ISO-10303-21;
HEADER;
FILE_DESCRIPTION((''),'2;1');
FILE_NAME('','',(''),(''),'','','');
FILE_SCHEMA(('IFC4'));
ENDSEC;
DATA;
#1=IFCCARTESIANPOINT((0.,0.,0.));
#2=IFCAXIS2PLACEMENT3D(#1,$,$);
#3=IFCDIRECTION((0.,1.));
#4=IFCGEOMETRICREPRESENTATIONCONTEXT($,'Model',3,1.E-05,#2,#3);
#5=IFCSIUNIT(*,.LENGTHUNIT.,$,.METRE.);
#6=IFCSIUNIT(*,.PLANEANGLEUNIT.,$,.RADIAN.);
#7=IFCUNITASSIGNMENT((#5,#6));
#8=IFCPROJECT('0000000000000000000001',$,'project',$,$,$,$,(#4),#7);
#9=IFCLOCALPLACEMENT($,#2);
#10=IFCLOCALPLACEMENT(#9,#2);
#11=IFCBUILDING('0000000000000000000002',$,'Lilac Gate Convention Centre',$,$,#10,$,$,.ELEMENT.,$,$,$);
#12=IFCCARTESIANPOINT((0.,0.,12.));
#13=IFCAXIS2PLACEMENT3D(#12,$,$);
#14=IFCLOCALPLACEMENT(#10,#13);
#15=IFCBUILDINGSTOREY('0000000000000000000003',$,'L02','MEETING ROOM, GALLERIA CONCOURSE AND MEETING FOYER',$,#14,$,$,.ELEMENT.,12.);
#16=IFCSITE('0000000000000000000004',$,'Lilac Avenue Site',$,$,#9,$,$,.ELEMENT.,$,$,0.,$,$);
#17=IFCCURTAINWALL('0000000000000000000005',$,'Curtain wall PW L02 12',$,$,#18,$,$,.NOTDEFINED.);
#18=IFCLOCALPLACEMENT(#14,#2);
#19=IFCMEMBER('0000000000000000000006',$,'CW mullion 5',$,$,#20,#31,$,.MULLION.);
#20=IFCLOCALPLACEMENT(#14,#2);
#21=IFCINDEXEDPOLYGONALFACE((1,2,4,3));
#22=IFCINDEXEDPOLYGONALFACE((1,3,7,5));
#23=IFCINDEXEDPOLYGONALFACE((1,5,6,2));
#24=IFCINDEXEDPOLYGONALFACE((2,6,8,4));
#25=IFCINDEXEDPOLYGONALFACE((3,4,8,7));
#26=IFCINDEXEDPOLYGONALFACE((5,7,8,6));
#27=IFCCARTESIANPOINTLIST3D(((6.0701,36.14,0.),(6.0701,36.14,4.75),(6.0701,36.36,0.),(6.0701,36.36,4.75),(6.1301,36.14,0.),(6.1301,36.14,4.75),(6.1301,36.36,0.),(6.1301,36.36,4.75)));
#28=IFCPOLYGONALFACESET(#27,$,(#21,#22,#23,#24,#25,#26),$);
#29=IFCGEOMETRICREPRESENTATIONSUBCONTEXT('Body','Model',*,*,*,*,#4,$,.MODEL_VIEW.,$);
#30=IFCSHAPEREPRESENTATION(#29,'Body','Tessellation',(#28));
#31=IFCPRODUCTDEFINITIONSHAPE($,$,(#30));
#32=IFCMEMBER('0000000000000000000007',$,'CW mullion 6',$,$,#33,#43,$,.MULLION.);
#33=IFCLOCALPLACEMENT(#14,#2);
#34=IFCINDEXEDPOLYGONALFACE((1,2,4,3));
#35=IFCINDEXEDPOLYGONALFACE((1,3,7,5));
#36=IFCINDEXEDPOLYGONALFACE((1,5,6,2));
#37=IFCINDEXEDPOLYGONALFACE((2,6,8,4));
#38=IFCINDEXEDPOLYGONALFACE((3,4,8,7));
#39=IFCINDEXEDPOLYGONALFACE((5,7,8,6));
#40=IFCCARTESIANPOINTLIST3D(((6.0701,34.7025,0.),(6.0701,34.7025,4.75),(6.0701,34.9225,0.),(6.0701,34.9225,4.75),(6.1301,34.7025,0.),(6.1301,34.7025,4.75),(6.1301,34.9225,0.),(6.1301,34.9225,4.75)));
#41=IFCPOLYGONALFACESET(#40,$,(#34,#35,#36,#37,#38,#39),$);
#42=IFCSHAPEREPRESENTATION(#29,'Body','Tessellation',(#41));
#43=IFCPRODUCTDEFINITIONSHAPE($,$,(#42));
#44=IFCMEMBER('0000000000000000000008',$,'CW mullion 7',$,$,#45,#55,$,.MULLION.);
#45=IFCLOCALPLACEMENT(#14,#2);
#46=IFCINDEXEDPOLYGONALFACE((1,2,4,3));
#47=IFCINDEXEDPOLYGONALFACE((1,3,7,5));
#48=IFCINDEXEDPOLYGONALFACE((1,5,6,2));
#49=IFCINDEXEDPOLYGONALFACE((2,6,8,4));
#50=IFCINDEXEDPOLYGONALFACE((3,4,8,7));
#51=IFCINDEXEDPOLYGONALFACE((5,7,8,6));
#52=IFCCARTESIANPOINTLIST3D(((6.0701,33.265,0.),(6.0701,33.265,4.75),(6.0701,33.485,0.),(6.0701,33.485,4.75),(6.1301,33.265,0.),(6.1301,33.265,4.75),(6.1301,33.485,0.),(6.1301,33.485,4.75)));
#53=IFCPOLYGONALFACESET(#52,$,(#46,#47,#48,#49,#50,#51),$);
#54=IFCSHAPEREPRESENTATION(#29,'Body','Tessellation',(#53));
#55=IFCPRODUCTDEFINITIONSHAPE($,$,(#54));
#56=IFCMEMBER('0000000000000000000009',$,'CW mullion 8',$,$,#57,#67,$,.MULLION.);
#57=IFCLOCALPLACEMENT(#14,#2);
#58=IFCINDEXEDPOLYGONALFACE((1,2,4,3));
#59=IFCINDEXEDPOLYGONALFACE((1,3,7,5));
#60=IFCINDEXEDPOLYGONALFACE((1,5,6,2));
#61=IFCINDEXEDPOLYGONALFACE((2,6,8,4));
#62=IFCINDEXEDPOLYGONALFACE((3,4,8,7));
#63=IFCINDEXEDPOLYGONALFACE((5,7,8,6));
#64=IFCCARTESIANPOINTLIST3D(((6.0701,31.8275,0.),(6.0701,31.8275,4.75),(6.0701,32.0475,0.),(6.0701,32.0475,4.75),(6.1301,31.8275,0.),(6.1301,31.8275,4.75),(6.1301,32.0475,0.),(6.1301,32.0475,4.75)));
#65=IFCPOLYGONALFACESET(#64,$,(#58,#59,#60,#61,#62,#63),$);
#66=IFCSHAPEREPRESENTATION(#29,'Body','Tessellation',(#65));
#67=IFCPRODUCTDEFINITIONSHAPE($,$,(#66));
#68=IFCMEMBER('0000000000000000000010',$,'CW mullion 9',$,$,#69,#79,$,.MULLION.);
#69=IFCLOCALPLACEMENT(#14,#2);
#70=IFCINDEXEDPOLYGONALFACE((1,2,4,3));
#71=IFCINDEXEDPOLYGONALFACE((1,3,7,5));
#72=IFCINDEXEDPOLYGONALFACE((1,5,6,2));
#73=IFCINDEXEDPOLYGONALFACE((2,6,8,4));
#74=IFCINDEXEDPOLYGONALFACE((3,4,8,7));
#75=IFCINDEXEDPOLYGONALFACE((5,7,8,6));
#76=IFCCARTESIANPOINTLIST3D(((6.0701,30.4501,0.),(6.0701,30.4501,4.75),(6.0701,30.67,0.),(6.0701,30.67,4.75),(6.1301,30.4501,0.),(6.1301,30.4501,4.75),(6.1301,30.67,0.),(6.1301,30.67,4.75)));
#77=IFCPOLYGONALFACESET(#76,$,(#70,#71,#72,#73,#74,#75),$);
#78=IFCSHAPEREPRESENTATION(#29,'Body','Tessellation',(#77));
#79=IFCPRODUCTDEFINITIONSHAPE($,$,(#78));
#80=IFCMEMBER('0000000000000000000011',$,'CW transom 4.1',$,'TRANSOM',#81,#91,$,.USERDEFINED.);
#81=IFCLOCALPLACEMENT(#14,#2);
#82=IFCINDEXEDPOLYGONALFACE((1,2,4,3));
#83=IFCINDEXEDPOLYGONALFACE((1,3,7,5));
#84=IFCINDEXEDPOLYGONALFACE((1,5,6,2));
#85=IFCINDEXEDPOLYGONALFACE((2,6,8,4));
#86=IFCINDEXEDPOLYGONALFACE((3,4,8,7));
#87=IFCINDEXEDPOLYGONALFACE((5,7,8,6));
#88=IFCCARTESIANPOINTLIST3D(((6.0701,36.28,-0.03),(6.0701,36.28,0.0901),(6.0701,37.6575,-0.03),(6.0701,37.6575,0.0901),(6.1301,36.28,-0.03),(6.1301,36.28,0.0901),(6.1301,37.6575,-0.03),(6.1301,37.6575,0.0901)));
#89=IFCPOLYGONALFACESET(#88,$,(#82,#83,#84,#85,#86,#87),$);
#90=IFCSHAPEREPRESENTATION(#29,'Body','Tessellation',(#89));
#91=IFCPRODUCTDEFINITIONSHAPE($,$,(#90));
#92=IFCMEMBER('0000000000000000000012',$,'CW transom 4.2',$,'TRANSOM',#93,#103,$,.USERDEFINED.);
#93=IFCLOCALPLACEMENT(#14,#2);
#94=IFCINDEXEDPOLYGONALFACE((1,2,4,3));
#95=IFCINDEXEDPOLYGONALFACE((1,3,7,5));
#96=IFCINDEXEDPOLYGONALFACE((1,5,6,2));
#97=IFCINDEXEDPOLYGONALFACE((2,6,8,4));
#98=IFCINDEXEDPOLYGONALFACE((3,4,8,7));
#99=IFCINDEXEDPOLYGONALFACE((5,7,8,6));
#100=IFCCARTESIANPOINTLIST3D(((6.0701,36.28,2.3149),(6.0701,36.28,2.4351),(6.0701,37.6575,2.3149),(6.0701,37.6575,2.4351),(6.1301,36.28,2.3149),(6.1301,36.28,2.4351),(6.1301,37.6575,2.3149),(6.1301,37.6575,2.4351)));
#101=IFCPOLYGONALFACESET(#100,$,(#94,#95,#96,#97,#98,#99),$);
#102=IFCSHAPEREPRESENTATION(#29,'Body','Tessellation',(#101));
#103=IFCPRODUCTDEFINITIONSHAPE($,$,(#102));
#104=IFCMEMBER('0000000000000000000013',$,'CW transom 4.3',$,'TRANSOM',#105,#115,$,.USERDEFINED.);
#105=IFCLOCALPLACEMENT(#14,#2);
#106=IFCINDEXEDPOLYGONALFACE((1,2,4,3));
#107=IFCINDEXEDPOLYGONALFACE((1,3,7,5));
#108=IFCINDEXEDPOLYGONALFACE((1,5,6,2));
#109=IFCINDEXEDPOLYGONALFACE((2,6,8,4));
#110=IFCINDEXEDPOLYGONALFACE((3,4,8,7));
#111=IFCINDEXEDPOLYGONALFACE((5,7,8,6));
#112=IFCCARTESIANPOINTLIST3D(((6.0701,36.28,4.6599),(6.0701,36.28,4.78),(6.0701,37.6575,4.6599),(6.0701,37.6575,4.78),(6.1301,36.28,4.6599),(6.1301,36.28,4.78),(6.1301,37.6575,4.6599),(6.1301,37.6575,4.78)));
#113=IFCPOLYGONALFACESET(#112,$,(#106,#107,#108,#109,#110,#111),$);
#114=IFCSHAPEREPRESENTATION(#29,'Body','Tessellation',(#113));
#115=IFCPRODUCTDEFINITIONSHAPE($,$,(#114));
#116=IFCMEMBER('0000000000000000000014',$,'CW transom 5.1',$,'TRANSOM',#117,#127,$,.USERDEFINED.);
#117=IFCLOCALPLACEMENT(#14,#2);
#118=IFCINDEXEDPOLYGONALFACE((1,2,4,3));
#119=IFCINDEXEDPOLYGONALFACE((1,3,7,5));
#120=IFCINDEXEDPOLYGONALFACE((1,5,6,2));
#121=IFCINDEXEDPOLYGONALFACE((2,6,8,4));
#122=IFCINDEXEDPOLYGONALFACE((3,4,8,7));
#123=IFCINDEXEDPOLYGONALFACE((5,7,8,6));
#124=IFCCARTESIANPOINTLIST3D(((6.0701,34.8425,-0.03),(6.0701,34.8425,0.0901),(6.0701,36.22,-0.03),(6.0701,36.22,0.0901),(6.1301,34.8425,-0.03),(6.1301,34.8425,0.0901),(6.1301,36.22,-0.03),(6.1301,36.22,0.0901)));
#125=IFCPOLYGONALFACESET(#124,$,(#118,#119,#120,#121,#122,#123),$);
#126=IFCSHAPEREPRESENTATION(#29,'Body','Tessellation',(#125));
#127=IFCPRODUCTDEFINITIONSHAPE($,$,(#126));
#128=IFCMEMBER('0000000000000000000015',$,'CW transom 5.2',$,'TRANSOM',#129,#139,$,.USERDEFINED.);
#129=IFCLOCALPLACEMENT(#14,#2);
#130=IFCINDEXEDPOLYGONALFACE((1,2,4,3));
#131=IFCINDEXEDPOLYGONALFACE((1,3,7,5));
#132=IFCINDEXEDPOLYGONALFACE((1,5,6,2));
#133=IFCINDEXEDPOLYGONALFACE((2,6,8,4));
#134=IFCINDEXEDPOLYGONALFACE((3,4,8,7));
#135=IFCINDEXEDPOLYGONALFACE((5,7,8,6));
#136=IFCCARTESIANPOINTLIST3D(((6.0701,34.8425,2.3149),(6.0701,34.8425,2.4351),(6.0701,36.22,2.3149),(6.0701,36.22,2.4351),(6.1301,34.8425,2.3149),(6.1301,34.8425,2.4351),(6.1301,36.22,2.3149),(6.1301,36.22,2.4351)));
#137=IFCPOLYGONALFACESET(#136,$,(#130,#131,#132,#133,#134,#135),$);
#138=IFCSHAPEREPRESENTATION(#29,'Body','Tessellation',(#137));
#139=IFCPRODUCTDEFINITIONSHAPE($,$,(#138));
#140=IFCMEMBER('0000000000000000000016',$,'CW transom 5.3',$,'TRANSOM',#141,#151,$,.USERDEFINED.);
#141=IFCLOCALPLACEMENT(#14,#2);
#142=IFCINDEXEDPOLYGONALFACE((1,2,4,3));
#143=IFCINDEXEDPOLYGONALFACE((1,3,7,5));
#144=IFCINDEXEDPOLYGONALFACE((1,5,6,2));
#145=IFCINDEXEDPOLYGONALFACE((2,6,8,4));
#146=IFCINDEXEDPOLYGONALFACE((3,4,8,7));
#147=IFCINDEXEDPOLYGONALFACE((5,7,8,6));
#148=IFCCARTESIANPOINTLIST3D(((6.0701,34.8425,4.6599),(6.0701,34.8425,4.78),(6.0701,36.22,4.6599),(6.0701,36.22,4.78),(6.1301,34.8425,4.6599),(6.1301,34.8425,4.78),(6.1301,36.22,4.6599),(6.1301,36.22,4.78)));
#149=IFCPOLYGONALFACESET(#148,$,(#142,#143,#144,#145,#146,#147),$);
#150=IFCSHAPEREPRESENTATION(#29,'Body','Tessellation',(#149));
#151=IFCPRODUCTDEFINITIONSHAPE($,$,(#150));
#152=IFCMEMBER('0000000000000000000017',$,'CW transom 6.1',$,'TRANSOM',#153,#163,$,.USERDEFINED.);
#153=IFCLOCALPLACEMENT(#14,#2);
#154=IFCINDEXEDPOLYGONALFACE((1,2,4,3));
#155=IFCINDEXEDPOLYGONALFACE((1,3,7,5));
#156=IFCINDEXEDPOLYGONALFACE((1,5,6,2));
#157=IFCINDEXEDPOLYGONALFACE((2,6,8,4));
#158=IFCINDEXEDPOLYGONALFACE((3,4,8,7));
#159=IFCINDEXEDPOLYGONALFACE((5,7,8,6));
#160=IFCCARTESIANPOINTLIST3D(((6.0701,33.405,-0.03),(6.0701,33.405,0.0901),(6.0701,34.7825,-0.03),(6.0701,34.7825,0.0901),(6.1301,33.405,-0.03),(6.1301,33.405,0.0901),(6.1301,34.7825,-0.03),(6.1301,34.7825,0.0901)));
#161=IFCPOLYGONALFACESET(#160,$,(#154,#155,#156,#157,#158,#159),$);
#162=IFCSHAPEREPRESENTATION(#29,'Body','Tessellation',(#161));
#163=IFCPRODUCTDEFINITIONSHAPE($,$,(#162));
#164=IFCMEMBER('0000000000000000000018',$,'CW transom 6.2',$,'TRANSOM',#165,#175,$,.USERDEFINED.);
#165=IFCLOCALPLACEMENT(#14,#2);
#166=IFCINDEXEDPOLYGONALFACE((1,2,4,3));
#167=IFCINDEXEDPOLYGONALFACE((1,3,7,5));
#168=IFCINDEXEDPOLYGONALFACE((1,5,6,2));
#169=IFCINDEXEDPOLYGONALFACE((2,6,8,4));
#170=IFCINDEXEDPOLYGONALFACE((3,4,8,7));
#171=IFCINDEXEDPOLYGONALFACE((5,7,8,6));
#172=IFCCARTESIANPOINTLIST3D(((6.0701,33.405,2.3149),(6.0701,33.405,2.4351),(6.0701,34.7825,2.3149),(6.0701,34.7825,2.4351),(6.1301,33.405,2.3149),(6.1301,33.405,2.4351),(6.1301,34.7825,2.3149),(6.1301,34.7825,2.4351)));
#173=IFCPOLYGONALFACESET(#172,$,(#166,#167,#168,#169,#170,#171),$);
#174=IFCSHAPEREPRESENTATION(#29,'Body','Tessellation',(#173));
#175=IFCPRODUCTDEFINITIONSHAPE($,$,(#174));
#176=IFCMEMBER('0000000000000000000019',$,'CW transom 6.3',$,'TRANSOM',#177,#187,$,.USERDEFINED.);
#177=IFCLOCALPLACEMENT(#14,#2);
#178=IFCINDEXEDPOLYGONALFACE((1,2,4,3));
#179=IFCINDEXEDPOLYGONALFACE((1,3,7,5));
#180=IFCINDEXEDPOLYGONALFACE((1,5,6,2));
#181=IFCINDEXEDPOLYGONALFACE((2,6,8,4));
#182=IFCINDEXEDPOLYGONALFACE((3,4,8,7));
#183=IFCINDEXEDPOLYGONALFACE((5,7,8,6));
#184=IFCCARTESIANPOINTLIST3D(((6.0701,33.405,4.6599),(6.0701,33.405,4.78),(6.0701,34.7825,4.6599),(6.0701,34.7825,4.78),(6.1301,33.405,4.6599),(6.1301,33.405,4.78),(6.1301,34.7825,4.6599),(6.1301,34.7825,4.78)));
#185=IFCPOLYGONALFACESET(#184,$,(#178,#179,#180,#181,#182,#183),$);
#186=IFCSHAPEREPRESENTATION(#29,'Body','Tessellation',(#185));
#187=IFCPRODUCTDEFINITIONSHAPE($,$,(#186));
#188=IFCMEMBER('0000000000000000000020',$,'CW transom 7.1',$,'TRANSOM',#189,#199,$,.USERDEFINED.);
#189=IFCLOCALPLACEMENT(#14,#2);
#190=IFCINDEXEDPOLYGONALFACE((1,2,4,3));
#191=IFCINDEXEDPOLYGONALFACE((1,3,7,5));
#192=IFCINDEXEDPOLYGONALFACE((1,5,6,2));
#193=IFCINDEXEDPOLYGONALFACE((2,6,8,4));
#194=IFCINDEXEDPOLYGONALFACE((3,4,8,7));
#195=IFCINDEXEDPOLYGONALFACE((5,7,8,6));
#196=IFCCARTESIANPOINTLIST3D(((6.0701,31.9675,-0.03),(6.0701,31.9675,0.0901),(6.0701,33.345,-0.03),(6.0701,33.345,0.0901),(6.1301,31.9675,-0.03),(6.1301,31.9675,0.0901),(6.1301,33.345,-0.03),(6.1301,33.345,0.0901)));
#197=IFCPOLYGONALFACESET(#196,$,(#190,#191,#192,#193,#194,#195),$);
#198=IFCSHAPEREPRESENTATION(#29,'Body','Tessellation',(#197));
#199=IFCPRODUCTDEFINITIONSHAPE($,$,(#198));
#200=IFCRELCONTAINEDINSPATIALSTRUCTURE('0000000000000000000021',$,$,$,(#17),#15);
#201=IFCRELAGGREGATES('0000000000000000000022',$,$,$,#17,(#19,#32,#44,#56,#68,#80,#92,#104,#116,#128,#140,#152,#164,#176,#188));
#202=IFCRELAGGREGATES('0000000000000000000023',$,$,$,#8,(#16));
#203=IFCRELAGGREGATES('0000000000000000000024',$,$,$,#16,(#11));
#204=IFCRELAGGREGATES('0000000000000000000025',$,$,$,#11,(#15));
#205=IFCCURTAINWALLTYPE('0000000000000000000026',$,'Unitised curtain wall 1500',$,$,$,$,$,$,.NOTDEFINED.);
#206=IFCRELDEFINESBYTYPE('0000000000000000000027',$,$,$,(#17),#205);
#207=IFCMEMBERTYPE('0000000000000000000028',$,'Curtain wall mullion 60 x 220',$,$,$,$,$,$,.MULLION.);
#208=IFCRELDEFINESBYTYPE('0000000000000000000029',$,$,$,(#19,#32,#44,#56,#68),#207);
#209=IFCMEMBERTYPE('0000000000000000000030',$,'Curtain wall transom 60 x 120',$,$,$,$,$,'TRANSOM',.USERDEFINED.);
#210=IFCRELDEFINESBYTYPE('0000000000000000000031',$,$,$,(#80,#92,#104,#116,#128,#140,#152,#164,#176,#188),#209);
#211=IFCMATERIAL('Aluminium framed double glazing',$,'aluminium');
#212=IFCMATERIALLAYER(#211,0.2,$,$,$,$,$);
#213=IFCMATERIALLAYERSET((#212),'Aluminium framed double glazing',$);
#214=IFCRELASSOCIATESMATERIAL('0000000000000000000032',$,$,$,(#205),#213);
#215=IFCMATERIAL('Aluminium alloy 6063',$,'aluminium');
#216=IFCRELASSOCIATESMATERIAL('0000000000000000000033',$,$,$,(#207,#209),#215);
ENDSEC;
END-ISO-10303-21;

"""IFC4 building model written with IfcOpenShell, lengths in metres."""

from ifc_helpers import new_model, si_unit, direction, frame, origin, origin_2d, place, context, subcontext, project, spatial, rectangle, extrude, material, layer, layer_set, material_profile, profile_set, type_object, element, aggregate, save


model = new_model("IFC4")

# Units and contexts
model_context = context("Model", 3, precision=1e-05, world=origin(), true_north=direction((0.0, 1.0)))
body_context = subcontext(model_context, "Body", "Model", "MODEL_VIEW")
ifc_project = project(units=[si_unit("LENGTHUNIT", "METRE"), si_unit("PLANEANGLEUNIT", "RADIAN")], contexts=[model_context])

# Site, building, storey
site_placement = place(None, origin())
site = spatial("IfcSite", under=ifc_project, at=site_placement, Name="Lilac Avenue Site", CompositionType="ELEMENT", RefElevation=0.0)
building_placement = place(site_placement, origin())
building = spatial("IfcBuilding", under=site, at=building_placement, Name="Lilac Gate Convention Centre", CompositionType="ELEMENT")
storey_placement = place(building_placement, frame((0.0, 0.0, 12.0)))
storey = spatial("IfcBuildingStorey", under=building, at=storey_placement, Name="L02", Description="MEETING ROOM, GALLERIA CONCOURSE AND MEETING FOYER", CompositionType="ELEMENT", Elevation=12.0)

# Curtain wall, members
ifc_material_1 = material(Name="Aluminium framed double glazing", Category="aluminium")
ifc_layer_1 = layer(ifc_material_1, 0.2)
ifc_layer_set_1 = layer_set([ifc_layer_1], Name="Aluminium framed double glazing")
curtain_wall_type = type_object("IfcCurtainWallType", Name="Unitised curtain wall 1500", PredefinedType="NOTDEFINED", material=ifc_layer_set_1)
curtain_wall_placement = place(storey_placement, origin())
curtain_wall = element("IfcCurtainWall", 1, at=curtain_wall_placement, inside=storey, type_object=curtain_wall_type, Name="Curtain wall PW L02 12", PredefinedType="NOTDEFINED")
ifc_material_2 = material(Name="Aluminium alloy 6063", Category="aluminium")
ifc_material_profile_1 = material_profile(ifc_material_2, rectangle(XDim=0.0601, YDim=0.22, at=origin_2d()), Name="Curtain wall mullion 60 x 220")
ifc_profile_set_1 = profile_set([ifc_material_profile_1], Name="Aluminium alloy 6063")
member_type_1 = type_object("IfcMemberType", Name="Curtain wall mullion 60 x 220", PredefinedType="MULLION", material=ifc_profile_set_1)
member_1_placement = place(storey_placement, frame((6.1001, 36.25, 0.0), z_axis=(0.0, 0.0, 1.0), x_axis=(1.0, 0.0, 0.0)))
member_1 = element("IfcMember", 2, at=member_1_placement, type_object=member_type_1, Name="CW mullion 5", PredefinedType="MULLION", context=body_context, shape_type="SweptSolid", body=[
    extrude(rectangle(XDim=0.0601, YDim=0.22, at=origin_2d()), origin(), (0.0, 0.0, 1.0), 4.75),
])
member_2_placement = place(storey_placement, frame((6.1001, 34.8125, 0.0), z_axis=(0.0, 0.0, 1.0), x_axis=(1.0, 0.0, 0.0)))
member_2 = element("IfcMember", 3, at=member_2_placement, type_object=member_type_1, Name="CW mullion 6", PredefinedType="MULLION", context=body_context, shape_type="SweptSolid", body=[
    extrude(rectangle(XDim=0.0601, YDim=0.22, at=origin_2d()), origin(), (0.0, 0.0, 1.0), 4.75),
])
member_3_placement = place(storey_placement, frame((6.1001, 33.375, 0.0), z_axis=(0.0, 0.0, 1.0), x_axis=(1.0, 0.0, 0.0)))
member_3 = element("IfcMember", 4, at=member_3_placement, type_object=member_type_1, Name="CW mullion 7", PredefinedType="MULLION", context=body_context, shape_type="SweptSolid", body=[
    extrude(rectangle(XDim=0.0601, YDim=0.22, at=origin_2d()), origin(), (0.0, 0.0, 1.0), 4.75),
])
member_4_placement = place(storey_placement, frame((6.1001, 31.9375, 0.0), z_axis=(0.0, 0.0, 1.0), x_axis=(1.0, 0.0, 0.0)))
member_4 = element("IfcMember", 5, at=member_4_placement, type_object=member_type_1, Name="CW mullion 8", PredefinedType="MULLION", context=body_context, shape_type="SweptSolid", body=[
    extrude(rectangle(XDim=0.0601, YDim=0.22, at=origin_2d()), origin(), (0.0, 0.0, 1.0), 4.75),
])
member_5_placement = place(storey_placement, frame((6.1001, 30.5601, 0.0), z_axis=(0.0, 0.0, 1.0), x_axis=(1.0, 0.0, 0.0)))
member_5 = element("IfcMember", 6, at=member_5_placement, type_object=member_type_1, Name="CW mullion 9", PredefinedType="MULLION", context=body_context, shape_type="SweptSolid", body=[
    extrude(rectangle(XDim=0.0601, YDim=0.22, at=origin_2d()), origin(), (0.0, 0.0, 1.0), 4.75),
])
ifc_material_profile_2 = material_profile(ifc_material_2, rectangle(XDim=0.0601, YDim=0.1201, at=origin_2d()), Name="Curtain wall transom 60 x 120")
ifc_profile_set_2 = profile_set([ifc_material_profile_2], Name="Aluminium alloy 6063")
member_type_2 = type_object("IfcMemberType", Name="Curtain wall transom 60 x 120", ElementType="TRANSOM", PredefinedType="USERDEFINED", material=ifc_profile_set_2)
member_6_placement = place(storey_placement, frame((6.1001, 37.6575, 0.03), z_axis=(0.0, -1.0, 0.0), x_axis=(1.0, 0.0, 0.0)))
member_6 = element("IfcMember", 7, at=member_6_placement, type_object=member_type_2, Name="CW transom 4.1", ObjectType="TRANSOM", PredefinedType="USERDEFINED", context=body_context, shape_type="SweptSolid", body=[
    extrude(rectangle(XDim=0.0601, YDim=0.1201, at=origin_2d()), origin(), (0.0, 0.0, 1.0), 1.3774),
])
member_7_placement = place(storey_placement, frame((6.1001, 37.6575, 2.375), z_axis=(0.0, -1.0, 0.0), x_axis=(1.0, 0.0, 0.0)))
member_7 = element("IfcMember", 8, at=member_7_placement, type_object=member_type_2, Name="CW transom 4.2", ObjectType="TRANSOM", PredefinedType="USERDEFINED", context=body_context, shape_type="SweptSolid", body=[
    extrude(rectangle(XDim=0.0601, YDim=0.1201, at=origin_2d()), origin(), (0.0, 0.0, 1.0), 1.3774),
])
member_8_placement = place(storey_placement, frame((6.1001, 37.6575, 4.72), z_axis=(0.0, -1.0, 0.0), x_axis=(1.0, 0.0, 0.0)))
member_8 = element("IfcMember", 9, at=member_8_placement, type_object=member_type_2, Name="CW transom 4.3", ObjectType="TRANSOM", PredefinedType="USERDEFINED", context=body_context, shape_type="SweptSolid", body=[
    extrude(rectangle(XDim=0.0601, YDim=0.1201, at=origin_2d()), origin(), (0.0, 0.0, 1.0), 1.3774),
])
member_9_placement = place(storey_placement, frame((6.1001, 36.22, 0.03), z_axis=(0.0, -1.0, 0.0), x_axis=(1.0, 0.0, 0.0)))
member_9 = element("IfcMember", 10, at=member_9_placement, type_object=member_type_2, Name="CW transom 5.1", ObjectType="TRANSOM", PredefinedType="USERDEFINED", context=body_context, shape_type="SweptSolid", body=[
    extrude(rectangle(XDim=0.0601, YDim=0.1201, at=origin_2d()), origin(), (0.0, 0.0, 1.0), 1.3774),
])
member_10_placement = place(storey_placement, frame((6.1001, 36.22, 2.375), z_axis=(0.0, -1.0, 0.0), x_axis=(1.0, 0.0, 0.0)))
member_10 = element("IfcMember", 11, at=member_10_placement, type_object=member_type_2, Name="CW transom 5.2", ObjectType="TRANSOM", PredefinedType="USERDEFINED", context=body_context, shape_type="SweptSolid", body=[
    extrude(rectangle(XDim=0.0601, YDim=0.1201, at=origin_2d()), origin(), (0.0, 0.0, 1.0), 1.3774),
])
member_11_placement = place(storey_placement, frame((6.1001, 36.22, 4.72), z_axis=(0.0, -1.0, 0.0), x_axis=(1.0, 0.0, 0.0)))
member_11 = element("IfcMember", 12, at=member_11_placement, type_object=member_type_2, Name="CW transom 5.3", ObjectType="TRANSOM", PredefinedType="USERDEFINED", context=body_context, shape_type="SweptSolid", body=[
    extrude(rectangle(XDim=0.0601, YDim=0.1201, at=origin_2d()), origin(), (0.0, 0.0, 1.0), 1.3774),
])
member_12_placement = place(storey_placement, frame((6.1001, 34.7825, 0.03), z_axis=(0.0, -1.0, 0.0), x_axis=(1.0, 0.0, 0.0)))
member_12 = element("IfcMember", 13, at=member_12_placement, type_object=member_type_2, Name="CW transom 6.1", ObjectType="TRANSOM", PredefinedType="USERDEFINED", context=body_context, shape_type="SweptSolid", body=[
    extrude(rectangle(XDim=0.0601, YDim=0.1201, at=origin_2d()), origin(), (0.0, 0.0, 1.0), 1.3774),
])
member_13_placement = place(storey_placement, frame((6.1001, 34.7825, 2.375), z_axis=(0.0, -1.0, 0.0), x_axis=(1.0, 0.0, 0.0)))
member_13 = element("IfcMember", 14, at=member_13_placement, type_object=member_type_2, Name="CW transom 6.2", ObjectType="TRANSOM", PredefinedType="USERDEFINED", context=body_context, shape_type="SweptSolid", body=[
    extrude(rectangle(XDim=0.0601, YDim=0.1201, at=origin_2d()), origin(), (0.0, 0.0, 1.0), 1.3774),
])
member_14_placement = place(storey_placement, frame((6.1001, 34.7825, 4.72), z_axis=(0.0, -1.0, 0.0), x_axis=(1.0, 0.0, 0.0)))
member_14 = element("IfcMember", 15, at=member_14_placement, type_object=member_type_2, Name="CW transom 6.3", ObjectType="TRANSOM", PredefinedType="USERDEFINED", context=body_context, shape_type="SweptSolid", body=[
    extrude(rectangle(XDim=0.0601, YDim=0.1201, at=origin_2d()), origin(), (0.0, 0.0, 1.0), 1.3774),
])
member_15_placement = place(storey_placement, frame((6.1001, 33.345, 0.03), z_axis=(0.0, -1.0, 0.0), x_axis=(1.0, 0.0, 0.0)))
member_15 = element("IfcMember", 16, at=member_15_placement, type_object=member_type_2, Name="CW transom 7.1", ObjectType="TRANSOM", PredefinedType="USERDEFINED", context=body_context, shape_type="SweptSolid", body=[
    extrude(rectangle(XDim=0.0601, YDim=0.1201, at=origin_2d()), origin(), (0.0, 0.0, 1.0), 1.3774),
])

aggregate(curtain_wall, [member_1, member_2, member_3, member_4, member_5, member_6, member_7, member_8, member_9, member_10, member_11, member_12, member_13, member_14, member_15])

save(model, "model.ifc")
